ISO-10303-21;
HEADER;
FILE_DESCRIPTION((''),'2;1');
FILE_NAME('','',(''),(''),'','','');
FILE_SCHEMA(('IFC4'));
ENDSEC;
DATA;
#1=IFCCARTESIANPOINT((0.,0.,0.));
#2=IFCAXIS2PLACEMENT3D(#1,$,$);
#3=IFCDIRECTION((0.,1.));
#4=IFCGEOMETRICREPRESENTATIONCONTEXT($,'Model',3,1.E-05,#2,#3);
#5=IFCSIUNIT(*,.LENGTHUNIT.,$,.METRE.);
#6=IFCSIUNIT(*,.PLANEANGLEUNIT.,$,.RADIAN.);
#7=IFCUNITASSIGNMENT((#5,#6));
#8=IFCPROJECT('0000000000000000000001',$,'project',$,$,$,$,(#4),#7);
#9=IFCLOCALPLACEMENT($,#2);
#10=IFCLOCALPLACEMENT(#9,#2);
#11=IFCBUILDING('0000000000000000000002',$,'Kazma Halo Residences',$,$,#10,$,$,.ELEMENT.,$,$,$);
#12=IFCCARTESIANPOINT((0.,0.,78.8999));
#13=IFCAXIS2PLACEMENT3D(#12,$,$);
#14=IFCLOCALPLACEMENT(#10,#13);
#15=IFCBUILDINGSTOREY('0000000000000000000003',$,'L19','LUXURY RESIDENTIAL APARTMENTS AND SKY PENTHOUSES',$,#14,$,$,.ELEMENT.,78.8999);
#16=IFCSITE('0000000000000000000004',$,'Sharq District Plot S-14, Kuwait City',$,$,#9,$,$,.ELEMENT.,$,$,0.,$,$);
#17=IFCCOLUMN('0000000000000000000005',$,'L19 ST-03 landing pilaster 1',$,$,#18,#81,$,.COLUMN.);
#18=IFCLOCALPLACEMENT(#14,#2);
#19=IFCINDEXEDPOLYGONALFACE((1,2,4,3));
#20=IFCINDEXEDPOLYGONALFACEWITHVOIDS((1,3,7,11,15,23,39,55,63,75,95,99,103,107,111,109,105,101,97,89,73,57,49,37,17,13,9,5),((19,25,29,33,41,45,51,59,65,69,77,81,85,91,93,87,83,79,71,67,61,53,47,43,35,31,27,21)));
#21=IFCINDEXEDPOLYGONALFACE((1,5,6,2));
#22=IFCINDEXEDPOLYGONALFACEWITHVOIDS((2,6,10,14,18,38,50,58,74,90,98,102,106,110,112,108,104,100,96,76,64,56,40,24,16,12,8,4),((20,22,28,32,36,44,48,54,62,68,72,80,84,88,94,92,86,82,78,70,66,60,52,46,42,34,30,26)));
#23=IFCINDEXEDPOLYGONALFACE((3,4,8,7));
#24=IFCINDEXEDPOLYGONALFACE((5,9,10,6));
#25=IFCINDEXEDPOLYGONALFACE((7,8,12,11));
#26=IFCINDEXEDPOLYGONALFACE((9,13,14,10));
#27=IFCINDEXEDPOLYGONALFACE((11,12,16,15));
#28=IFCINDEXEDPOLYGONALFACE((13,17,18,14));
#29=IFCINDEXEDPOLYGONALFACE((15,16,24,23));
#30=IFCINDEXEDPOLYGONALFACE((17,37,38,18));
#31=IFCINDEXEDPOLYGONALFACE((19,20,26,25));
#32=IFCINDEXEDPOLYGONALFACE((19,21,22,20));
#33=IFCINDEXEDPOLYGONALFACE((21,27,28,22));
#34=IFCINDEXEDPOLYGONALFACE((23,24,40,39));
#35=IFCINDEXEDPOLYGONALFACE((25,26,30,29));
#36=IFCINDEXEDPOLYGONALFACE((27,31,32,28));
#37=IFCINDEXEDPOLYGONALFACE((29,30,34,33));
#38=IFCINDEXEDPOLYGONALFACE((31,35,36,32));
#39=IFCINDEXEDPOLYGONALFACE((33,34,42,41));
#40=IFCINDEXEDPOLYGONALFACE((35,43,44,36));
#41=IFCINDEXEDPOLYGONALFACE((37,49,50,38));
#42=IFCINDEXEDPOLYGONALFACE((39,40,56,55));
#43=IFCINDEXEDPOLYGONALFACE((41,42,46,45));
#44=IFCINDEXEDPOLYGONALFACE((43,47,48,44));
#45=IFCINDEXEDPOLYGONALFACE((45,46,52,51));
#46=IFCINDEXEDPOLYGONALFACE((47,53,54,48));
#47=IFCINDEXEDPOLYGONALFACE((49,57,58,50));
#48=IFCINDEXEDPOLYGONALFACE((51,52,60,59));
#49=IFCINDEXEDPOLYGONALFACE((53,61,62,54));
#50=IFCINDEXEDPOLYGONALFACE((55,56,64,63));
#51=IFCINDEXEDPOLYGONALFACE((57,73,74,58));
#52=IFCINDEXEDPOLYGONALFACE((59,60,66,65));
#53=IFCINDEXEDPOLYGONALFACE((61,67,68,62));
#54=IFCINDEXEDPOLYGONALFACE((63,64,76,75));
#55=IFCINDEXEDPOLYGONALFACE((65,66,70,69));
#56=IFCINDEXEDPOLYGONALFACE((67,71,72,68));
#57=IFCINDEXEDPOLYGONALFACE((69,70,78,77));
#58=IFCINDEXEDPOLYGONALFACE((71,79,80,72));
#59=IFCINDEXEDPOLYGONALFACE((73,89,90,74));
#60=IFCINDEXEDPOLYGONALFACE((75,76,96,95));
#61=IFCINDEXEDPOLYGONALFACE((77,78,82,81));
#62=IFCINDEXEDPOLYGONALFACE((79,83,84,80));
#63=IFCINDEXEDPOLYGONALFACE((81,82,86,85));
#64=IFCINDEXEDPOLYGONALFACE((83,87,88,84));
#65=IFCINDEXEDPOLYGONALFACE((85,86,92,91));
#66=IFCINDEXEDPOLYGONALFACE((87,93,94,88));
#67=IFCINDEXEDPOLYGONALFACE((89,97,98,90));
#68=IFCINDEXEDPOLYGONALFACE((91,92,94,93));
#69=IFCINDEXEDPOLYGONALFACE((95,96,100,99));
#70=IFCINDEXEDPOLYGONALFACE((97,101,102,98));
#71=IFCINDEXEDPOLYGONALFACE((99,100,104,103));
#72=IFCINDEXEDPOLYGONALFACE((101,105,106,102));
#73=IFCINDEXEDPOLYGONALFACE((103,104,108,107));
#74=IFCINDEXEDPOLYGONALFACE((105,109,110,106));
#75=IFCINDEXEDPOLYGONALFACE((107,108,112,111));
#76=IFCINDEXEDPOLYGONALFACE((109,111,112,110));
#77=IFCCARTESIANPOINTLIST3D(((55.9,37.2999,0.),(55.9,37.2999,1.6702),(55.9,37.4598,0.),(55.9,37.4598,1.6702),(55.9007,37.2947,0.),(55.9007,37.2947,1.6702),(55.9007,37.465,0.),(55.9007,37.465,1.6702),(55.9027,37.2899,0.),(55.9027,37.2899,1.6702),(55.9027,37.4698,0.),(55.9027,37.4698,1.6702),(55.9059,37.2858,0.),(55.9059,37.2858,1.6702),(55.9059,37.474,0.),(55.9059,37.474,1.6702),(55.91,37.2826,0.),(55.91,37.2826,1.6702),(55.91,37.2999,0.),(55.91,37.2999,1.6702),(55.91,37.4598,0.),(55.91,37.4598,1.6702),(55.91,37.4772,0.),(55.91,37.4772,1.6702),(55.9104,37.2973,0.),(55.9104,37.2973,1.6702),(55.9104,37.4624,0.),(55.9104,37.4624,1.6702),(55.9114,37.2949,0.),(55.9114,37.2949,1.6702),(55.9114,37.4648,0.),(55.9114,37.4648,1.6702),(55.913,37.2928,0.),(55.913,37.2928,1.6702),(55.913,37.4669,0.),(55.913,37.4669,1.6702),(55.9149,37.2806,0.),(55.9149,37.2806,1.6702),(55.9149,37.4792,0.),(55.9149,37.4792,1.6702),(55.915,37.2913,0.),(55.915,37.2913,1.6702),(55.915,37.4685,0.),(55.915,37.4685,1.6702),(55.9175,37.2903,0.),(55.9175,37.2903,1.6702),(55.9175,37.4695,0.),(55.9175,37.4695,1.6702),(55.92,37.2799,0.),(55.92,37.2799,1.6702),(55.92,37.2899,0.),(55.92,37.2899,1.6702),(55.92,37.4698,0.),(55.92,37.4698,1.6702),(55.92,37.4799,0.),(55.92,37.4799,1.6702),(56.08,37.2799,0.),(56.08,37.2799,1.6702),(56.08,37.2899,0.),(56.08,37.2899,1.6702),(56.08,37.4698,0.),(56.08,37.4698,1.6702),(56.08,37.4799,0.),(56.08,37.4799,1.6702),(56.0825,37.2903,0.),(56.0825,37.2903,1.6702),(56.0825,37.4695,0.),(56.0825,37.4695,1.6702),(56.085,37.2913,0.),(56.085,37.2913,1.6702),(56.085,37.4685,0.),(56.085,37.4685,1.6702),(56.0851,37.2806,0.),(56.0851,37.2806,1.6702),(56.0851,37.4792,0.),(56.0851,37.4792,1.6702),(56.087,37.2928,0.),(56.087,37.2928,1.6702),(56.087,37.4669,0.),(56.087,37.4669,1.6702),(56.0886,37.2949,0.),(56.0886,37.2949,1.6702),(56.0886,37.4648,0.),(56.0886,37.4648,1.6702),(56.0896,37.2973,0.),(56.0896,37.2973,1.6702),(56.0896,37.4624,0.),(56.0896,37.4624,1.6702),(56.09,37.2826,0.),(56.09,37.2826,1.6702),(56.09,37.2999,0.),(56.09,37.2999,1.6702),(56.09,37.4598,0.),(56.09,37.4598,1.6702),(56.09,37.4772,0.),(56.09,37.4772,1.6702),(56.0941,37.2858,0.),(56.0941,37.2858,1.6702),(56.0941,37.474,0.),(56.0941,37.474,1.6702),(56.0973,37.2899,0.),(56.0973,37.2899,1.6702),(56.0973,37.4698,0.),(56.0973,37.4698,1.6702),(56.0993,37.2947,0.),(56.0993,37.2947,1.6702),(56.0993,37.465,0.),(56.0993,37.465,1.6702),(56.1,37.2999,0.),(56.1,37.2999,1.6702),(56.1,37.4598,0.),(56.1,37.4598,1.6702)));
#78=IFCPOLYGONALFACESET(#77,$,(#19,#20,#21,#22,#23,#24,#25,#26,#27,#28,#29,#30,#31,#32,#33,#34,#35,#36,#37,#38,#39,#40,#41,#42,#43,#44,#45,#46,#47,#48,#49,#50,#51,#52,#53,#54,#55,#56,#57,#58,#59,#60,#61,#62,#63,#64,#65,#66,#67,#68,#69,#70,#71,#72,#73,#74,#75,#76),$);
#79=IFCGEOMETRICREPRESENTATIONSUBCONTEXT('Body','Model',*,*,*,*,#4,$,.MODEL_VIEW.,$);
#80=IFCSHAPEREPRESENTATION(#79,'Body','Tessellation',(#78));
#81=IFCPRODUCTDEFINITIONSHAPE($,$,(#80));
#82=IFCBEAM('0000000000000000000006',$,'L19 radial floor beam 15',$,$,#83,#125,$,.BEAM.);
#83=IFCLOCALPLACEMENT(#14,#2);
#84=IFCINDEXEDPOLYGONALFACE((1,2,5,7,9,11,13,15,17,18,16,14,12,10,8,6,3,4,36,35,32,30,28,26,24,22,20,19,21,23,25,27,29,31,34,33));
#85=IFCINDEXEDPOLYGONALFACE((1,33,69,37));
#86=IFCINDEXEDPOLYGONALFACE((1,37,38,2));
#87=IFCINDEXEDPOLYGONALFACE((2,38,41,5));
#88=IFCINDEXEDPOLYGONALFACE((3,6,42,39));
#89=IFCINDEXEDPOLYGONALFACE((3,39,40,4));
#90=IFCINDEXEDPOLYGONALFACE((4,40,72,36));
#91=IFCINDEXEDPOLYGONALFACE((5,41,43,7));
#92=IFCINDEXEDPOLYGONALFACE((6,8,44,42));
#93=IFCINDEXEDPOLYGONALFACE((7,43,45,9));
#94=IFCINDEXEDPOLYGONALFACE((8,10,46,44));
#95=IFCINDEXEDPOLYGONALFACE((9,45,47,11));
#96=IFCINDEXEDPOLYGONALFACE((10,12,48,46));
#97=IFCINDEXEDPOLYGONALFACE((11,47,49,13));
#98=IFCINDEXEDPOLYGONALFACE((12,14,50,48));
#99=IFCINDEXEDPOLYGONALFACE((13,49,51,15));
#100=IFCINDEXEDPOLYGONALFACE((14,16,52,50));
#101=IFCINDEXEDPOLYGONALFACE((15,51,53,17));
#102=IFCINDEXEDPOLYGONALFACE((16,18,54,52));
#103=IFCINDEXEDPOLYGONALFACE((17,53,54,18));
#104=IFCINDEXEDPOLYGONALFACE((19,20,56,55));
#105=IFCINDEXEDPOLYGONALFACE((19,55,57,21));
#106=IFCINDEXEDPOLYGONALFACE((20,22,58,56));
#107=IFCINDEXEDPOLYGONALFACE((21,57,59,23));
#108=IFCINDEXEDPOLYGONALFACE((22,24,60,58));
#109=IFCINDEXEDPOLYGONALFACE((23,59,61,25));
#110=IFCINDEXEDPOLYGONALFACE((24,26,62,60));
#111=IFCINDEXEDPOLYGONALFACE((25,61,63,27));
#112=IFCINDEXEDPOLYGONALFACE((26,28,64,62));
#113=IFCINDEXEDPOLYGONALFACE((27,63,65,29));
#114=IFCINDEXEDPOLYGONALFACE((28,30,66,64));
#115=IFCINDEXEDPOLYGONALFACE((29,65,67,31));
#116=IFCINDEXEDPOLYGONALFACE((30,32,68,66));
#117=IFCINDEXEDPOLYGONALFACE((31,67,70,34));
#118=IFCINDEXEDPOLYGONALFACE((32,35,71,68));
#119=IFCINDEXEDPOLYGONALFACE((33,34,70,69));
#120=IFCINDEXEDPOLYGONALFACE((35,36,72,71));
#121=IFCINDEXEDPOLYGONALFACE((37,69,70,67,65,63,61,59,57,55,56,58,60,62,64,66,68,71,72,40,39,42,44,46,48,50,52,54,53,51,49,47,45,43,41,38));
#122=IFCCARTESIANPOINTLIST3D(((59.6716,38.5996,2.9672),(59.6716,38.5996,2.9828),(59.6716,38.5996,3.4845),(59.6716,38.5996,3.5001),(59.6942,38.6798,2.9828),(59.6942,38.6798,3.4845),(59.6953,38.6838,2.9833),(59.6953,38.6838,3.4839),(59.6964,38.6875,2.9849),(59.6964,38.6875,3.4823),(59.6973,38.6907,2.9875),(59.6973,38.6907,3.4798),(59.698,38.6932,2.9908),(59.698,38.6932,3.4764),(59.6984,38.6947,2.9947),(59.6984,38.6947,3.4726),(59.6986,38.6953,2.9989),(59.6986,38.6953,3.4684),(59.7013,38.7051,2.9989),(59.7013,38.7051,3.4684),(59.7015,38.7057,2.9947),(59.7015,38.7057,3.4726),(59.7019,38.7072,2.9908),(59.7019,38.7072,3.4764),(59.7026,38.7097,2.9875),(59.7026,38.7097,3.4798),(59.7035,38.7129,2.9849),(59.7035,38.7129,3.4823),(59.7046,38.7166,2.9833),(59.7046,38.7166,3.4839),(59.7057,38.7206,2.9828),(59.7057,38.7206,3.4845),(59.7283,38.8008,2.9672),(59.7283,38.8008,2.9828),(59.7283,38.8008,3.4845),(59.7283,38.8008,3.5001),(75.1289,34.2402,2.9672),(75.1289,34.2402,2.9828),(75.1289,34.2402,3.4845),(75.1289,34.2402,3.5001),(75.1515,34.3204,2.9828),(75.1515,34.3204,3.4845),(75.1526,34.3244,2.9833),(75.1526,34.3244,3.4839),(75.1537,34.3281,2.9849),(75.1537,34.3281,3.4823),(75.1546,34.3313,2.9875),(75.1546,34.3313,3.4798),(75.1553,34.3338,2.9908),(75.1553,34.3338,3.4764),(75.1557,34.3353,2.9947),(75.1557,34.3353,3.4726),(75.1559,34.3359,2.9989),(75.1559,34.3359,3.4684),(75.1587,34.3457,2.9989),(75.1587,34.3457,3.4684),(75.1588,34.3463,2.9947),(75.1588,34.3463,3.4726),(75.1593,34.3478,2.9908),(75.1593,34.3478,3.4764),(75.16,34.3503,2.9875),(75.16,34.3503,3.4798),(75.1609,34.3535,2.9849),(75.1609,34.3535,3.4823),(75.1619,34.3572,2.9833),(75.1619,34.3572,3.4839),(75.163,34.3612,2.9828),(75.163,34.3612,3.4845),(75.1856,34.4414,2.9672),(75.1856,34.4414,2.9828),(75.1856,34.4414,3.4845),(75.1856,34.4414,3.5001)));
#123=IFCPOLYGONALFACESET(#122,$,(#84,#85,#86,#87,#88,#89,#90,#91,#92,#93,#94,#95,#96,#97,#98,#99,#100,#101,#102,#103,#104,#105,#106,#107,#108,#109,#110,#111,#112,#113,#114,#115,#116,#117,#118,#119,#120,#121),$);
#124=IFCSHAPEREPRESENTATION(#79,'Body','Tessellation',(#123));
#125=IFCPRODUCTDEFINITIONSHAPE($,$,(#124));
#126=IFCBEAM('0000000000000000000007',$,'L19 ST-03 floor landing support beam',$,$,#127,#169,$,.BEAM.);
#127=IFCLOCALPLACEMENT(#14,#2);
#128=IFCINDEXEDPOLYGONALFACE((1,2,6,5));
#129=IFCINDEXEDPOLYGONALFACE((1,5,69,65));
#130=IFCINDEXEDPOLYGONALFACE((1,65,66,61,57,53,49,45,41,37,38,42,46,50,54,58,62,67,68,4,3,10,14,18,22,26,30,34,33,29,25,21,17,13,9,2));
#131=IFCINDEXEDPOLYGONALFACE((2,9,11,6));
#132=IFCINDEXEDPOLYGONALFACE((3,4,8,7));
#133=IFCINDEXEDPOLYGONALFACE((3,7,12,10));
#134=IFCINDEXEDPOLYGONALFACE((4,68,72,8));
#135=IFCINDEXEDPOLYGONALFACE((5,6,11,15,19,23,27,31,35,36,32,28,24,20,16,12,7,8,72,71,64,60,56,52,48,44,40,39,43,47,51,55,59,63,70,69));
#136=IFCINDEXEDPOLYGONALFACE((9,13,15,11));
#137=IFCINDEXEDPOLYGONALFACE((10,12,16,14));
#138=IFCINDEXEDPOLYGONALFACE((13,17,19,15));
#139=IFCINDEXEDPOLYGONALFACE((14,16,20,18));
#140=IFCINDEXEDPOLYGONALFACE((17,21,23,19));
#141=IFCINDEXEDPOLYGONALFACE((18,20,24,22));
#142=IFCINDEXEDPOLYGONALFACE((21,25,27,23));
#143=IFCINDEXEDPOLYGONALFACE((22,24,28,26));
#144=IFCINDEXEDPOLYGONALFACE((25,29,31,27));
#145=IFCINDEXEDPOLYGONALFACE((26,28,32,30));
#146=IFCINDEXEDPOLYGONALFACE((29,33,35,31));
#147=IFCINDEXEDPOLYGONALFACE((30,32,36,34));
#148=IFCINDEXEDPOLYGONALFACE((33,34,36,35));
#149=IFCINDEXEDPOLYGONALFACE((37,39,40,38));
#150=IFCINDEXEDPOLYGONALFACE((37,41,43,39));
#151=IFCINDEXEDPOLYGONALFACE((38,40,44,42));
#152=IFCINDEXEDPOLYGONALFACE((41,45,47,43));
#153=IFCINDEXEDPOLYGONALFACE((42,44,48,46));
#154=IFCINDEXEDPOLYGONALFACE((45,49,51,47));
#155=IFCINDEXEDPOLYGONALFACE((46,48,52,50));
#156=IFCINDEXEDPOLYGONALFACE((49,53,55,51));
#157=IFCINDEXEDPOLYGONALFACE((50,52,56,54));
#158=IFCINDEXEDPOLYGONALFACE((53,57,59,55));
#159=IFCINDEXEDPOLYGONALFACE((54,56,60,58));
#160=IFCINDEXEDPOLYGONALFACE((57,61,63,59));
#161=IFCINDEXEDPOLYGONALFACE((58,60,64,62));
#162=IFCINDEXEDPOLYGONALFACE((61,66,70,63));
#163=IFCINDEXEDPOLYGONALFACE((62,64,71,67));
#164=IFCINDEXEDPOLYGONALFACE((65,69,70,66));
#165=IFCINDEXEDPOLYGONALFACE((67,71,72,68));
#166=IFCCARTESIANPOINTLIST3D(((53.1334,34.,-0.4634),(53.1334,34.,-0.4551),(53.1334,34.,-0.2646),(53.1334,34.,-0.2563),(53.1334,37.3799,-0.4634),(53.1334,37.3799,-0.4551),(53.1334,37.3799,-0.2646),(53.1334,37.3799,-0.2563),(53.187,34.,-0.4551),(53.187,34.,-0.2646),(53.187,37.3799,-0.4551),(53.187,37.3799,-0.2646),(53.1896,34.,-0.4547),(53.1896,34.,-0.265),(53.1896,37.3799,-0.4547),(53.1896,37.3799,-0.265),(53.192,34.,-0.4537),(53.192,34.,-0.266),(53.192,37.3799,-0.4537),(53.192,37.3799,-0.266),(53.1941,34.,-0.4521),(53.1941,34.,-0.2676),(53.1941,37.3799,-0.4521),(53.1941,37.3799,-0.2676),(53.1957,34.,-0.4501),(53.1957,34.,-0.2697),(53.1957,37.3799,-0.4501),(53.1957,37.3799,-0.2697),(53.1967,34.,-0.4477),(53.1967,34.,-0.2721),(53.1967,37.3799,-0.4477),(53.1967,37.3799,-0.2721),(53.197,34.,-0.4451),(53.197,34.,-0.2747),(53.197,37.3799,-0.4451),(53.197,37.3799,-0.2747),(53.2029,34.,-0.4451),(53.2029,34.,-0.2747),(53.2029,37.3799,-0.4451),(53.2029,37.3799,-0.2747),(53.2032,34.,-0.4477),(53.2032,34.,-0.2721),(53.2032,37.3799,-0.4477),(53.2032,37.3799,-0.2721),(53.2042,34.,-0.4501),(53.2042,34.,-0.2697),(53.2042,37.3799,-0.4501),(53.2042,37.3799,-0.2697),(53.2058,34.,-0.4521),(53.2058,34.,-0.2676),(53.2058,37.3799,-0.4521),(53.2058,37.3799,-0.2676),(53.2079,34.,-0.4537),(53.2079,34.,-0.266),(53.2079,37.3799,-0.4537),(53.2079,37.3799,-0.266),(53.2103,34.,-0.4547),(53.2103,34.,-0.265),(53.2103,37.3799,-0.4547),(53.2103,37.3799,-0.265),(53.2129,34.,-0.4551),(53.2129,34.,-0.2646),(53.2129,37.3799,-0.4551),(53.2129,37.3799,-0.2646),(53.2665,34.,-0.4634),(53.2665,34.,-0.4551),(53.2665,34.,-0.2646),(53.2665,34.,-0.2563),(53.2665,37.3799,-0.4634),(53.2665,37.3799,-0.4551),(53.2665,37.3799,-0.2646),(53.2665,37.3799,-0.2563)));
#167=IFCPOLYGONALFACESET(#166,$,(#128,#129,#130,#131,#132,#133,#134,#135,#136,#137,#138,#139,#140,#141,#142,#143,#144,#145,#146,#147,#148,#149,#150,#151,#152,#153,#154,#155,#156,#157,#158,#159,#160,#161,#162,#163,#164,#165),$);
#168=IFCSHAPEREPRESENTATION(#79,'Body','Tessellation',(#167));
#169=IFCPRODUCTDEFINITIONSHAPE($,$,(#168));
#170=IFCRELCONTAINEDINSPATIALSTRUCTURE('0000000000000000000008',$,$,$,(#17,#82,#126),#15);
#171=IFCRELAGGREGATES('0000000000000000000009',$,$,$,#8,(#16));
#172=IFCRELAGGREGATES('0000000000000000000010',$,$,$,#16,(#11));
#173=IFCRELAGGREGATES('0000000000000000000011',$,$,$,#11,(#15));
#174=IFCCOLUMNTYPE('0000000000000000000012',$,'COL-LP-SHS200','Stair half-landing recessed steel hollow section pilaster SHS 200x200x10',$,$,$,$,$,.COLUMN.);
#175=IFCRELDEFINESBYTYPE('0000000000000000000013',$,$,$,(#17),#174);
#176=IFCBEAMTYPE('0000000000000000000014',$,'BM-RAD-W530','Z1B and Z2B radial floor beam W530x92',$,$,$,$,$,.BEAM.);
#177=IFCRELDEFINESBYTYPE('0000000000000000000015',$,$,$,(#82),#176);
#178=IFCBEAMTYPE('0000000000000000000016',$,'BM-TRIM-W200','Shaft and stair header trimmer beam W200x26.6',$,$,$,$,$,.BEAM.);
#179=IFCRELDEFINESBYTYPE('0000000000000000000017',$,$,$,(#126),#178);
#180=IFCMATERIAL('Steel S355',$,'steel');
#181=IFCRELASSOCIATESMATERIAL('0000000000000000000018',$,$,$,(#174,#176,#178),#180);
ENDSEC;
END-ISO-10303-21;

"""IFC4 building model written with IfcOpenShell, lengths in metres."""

from ifc_helpers import new_model, si_unit, direction, frame, origin, origin_2d, place, context, subcontext, project, spatial, hollow_rectangle, i_section, extrude, material, material_profile, profile_set, type_object, element, save


model = new_model("IFC4")

# Units and contexts
model_context = context("Model", 3, precision=1e-05, world=origin(), true_north=direction((0.0, 1.0)))
body_context = subcontext(model_context, "Body", "Model", "MODEL_VIEW")
ifc_project = project(units=[si_unit("LENGTHUNIT", "METRE"), si_unit("PLANEANGLEUNIT", "RADIAN")], contexts=[model_context])

# Site, building, storey
site_placement = place(None, origin())
site = spatial("IfcSite", under=ifc_project, at=site_placement, Name="Sharq District Plot S-14, Kuwait City", CompositionType="ELEMENT", RefElevation=0.0)
building_placement = place(site_placement, origin())
building = spatial("IfcBuilding", under=site, at=building_placement, Name="Kazma Halo Residences", CompositionType="ELEMENT")
storey_placement = place(building_placement, frame((0.0, 0.0, 78.8999)))
storey = spatial("IfcBuildingStorey", under=building, at=storey_placement, Name="L19", Description="LUXURY RESIDENTIAL APARTMENTS AND SKY PENTHOUSES", CompositionType="ELEMENT", Elevation=78.8999)

# Column
ifc_material_1 = material(Name="Steel S355", Category="steel")
ifc_material_profile_1 = material_profile(ifc_material_1, hollow_rectangle(XDim=0.2, YDim=0.2, WallThickness=0.01, InnerFilletRadius=0.01, OuterFilletRadius=0.02, at=origin_2d()), Name="SHS200x200x10")
ifc_profile_set_1 = profile_set([ifc_material_profile_1], Name="Steel S355")
column_type = type_object("IfcColumnType", Name="COL-LP-SHS200", Description="Stair half-landing recessed steel hollow section pilaster SHS 200x200x10", PredefinedType="COLUMN", material=ifc_profile_set_1)
column_placement = place(storey_placement, frame((56.0, 37.3799, 0.0), z_axis=(0.0, 0.0, 1.0), x_axis=(1.0, 0.0, 0.0)))
element("IfcColumn", 1, at=column_placement, inside=storey, type_object=column_type, Name="L19 ST-03 landing pilaster 1", PredefinedType="COLUMN", context=body_context, shape_type="SweptSolid", body=[
    extrude(hollow_rectangle(XDim=0.2, YDim=0.2, WallThickness=0.01, InnerFilletRadius=0.01, OuterFilletRadius=0.02, at=origin_2d()), origin(), (0.0, 0.0, 1.0), 1.6702),
])

# Beams
ifc_material_profile_2 = material_profile(ifc_material_1, i_section(OverallWidth=0.209, OverallDepth=0.533, WebThickness=0.0103, FlangeThickness=0.0156, FilletRadius=0.0161, at=origin_2d()), Name="W530x92")
ifc_profile_set_2 = profile_set([ifc_material_profile_2], Name="Steel S355")
beam_type_1 = type_object("IfcBeamType", Name="BM-RAD-W530", Description="Z1B and Z2B radial floor beam W530x92", PredefinedType="BEAM", material=ifc_profile_set_2)
beam_1_placement = place(storey_placement, frame((59.7, 38.7002, 3.2336), z_axis=(0.962456, -0.271439, 0.0), x_axis=(0.271439, 0.962456, 0.0)))
element("IfcBeam", 2, at=beam_1_placement, inside=storey, type_object=beam_type_1, Name="L19 radial floor beam 15", PredefinedType="BEAM", context=body_context, shape_type="SweptSolid", body=[
    extrude(i_section(OverallWidth=0.209, OverallDepth=0.533, WebThickness=0.0103, FlangeThickness=0.0156, FilletRadius=0.0161, at=origin_2d()), origin(), (0.0, 0.0, 1.0), 16.0603),
])
ifc_material_profile_3 = material_profile(ifc_material_1, i_section(OverallWidth=0.1331, OverallDepth=0.207, WebThickness=0.0059, FlangeThickness=0.0083, FilletRadius=0.01, at=origin_2d()), Name="W200x26.6")
ifc_profile_set_3 = profile_set([ifc_material_profile_3], Name="Steel S355")
beam_type_2 = type_object("IfcBeamType", Name="BM-TRIM-W200", Description="Shaft and stair header trimmer beam W200x26.6", PredefinedType="BEAM", material=ifc_profile_set_3)
beam_2_placement = place(storey_placement, frame((53.2, 34.0, -0.3599), z_axis=(0.0, 1.0, 0.0), x_axis=(-1.0, 0.0, 0.0)))
element("IfcBeam", 3, at=beam_2_placement, inside=storey, type_object=beam_type_2, Name="L19 ST-03 floor landing support beam", PredefinedType="BEAM", context=body_context, shape_type="SweptSolid", body=[
    extrude(i_section(OverallWidth=0.1331, OverallDepth=0.207, WebThickness=0.0059, FlangeThickness=0.0083, FilletRadius=0.01, at=origin_2d()), origin(), (0.0, 0.0, 1.0), 3.3799),
])

save(model, "model.ifc")
